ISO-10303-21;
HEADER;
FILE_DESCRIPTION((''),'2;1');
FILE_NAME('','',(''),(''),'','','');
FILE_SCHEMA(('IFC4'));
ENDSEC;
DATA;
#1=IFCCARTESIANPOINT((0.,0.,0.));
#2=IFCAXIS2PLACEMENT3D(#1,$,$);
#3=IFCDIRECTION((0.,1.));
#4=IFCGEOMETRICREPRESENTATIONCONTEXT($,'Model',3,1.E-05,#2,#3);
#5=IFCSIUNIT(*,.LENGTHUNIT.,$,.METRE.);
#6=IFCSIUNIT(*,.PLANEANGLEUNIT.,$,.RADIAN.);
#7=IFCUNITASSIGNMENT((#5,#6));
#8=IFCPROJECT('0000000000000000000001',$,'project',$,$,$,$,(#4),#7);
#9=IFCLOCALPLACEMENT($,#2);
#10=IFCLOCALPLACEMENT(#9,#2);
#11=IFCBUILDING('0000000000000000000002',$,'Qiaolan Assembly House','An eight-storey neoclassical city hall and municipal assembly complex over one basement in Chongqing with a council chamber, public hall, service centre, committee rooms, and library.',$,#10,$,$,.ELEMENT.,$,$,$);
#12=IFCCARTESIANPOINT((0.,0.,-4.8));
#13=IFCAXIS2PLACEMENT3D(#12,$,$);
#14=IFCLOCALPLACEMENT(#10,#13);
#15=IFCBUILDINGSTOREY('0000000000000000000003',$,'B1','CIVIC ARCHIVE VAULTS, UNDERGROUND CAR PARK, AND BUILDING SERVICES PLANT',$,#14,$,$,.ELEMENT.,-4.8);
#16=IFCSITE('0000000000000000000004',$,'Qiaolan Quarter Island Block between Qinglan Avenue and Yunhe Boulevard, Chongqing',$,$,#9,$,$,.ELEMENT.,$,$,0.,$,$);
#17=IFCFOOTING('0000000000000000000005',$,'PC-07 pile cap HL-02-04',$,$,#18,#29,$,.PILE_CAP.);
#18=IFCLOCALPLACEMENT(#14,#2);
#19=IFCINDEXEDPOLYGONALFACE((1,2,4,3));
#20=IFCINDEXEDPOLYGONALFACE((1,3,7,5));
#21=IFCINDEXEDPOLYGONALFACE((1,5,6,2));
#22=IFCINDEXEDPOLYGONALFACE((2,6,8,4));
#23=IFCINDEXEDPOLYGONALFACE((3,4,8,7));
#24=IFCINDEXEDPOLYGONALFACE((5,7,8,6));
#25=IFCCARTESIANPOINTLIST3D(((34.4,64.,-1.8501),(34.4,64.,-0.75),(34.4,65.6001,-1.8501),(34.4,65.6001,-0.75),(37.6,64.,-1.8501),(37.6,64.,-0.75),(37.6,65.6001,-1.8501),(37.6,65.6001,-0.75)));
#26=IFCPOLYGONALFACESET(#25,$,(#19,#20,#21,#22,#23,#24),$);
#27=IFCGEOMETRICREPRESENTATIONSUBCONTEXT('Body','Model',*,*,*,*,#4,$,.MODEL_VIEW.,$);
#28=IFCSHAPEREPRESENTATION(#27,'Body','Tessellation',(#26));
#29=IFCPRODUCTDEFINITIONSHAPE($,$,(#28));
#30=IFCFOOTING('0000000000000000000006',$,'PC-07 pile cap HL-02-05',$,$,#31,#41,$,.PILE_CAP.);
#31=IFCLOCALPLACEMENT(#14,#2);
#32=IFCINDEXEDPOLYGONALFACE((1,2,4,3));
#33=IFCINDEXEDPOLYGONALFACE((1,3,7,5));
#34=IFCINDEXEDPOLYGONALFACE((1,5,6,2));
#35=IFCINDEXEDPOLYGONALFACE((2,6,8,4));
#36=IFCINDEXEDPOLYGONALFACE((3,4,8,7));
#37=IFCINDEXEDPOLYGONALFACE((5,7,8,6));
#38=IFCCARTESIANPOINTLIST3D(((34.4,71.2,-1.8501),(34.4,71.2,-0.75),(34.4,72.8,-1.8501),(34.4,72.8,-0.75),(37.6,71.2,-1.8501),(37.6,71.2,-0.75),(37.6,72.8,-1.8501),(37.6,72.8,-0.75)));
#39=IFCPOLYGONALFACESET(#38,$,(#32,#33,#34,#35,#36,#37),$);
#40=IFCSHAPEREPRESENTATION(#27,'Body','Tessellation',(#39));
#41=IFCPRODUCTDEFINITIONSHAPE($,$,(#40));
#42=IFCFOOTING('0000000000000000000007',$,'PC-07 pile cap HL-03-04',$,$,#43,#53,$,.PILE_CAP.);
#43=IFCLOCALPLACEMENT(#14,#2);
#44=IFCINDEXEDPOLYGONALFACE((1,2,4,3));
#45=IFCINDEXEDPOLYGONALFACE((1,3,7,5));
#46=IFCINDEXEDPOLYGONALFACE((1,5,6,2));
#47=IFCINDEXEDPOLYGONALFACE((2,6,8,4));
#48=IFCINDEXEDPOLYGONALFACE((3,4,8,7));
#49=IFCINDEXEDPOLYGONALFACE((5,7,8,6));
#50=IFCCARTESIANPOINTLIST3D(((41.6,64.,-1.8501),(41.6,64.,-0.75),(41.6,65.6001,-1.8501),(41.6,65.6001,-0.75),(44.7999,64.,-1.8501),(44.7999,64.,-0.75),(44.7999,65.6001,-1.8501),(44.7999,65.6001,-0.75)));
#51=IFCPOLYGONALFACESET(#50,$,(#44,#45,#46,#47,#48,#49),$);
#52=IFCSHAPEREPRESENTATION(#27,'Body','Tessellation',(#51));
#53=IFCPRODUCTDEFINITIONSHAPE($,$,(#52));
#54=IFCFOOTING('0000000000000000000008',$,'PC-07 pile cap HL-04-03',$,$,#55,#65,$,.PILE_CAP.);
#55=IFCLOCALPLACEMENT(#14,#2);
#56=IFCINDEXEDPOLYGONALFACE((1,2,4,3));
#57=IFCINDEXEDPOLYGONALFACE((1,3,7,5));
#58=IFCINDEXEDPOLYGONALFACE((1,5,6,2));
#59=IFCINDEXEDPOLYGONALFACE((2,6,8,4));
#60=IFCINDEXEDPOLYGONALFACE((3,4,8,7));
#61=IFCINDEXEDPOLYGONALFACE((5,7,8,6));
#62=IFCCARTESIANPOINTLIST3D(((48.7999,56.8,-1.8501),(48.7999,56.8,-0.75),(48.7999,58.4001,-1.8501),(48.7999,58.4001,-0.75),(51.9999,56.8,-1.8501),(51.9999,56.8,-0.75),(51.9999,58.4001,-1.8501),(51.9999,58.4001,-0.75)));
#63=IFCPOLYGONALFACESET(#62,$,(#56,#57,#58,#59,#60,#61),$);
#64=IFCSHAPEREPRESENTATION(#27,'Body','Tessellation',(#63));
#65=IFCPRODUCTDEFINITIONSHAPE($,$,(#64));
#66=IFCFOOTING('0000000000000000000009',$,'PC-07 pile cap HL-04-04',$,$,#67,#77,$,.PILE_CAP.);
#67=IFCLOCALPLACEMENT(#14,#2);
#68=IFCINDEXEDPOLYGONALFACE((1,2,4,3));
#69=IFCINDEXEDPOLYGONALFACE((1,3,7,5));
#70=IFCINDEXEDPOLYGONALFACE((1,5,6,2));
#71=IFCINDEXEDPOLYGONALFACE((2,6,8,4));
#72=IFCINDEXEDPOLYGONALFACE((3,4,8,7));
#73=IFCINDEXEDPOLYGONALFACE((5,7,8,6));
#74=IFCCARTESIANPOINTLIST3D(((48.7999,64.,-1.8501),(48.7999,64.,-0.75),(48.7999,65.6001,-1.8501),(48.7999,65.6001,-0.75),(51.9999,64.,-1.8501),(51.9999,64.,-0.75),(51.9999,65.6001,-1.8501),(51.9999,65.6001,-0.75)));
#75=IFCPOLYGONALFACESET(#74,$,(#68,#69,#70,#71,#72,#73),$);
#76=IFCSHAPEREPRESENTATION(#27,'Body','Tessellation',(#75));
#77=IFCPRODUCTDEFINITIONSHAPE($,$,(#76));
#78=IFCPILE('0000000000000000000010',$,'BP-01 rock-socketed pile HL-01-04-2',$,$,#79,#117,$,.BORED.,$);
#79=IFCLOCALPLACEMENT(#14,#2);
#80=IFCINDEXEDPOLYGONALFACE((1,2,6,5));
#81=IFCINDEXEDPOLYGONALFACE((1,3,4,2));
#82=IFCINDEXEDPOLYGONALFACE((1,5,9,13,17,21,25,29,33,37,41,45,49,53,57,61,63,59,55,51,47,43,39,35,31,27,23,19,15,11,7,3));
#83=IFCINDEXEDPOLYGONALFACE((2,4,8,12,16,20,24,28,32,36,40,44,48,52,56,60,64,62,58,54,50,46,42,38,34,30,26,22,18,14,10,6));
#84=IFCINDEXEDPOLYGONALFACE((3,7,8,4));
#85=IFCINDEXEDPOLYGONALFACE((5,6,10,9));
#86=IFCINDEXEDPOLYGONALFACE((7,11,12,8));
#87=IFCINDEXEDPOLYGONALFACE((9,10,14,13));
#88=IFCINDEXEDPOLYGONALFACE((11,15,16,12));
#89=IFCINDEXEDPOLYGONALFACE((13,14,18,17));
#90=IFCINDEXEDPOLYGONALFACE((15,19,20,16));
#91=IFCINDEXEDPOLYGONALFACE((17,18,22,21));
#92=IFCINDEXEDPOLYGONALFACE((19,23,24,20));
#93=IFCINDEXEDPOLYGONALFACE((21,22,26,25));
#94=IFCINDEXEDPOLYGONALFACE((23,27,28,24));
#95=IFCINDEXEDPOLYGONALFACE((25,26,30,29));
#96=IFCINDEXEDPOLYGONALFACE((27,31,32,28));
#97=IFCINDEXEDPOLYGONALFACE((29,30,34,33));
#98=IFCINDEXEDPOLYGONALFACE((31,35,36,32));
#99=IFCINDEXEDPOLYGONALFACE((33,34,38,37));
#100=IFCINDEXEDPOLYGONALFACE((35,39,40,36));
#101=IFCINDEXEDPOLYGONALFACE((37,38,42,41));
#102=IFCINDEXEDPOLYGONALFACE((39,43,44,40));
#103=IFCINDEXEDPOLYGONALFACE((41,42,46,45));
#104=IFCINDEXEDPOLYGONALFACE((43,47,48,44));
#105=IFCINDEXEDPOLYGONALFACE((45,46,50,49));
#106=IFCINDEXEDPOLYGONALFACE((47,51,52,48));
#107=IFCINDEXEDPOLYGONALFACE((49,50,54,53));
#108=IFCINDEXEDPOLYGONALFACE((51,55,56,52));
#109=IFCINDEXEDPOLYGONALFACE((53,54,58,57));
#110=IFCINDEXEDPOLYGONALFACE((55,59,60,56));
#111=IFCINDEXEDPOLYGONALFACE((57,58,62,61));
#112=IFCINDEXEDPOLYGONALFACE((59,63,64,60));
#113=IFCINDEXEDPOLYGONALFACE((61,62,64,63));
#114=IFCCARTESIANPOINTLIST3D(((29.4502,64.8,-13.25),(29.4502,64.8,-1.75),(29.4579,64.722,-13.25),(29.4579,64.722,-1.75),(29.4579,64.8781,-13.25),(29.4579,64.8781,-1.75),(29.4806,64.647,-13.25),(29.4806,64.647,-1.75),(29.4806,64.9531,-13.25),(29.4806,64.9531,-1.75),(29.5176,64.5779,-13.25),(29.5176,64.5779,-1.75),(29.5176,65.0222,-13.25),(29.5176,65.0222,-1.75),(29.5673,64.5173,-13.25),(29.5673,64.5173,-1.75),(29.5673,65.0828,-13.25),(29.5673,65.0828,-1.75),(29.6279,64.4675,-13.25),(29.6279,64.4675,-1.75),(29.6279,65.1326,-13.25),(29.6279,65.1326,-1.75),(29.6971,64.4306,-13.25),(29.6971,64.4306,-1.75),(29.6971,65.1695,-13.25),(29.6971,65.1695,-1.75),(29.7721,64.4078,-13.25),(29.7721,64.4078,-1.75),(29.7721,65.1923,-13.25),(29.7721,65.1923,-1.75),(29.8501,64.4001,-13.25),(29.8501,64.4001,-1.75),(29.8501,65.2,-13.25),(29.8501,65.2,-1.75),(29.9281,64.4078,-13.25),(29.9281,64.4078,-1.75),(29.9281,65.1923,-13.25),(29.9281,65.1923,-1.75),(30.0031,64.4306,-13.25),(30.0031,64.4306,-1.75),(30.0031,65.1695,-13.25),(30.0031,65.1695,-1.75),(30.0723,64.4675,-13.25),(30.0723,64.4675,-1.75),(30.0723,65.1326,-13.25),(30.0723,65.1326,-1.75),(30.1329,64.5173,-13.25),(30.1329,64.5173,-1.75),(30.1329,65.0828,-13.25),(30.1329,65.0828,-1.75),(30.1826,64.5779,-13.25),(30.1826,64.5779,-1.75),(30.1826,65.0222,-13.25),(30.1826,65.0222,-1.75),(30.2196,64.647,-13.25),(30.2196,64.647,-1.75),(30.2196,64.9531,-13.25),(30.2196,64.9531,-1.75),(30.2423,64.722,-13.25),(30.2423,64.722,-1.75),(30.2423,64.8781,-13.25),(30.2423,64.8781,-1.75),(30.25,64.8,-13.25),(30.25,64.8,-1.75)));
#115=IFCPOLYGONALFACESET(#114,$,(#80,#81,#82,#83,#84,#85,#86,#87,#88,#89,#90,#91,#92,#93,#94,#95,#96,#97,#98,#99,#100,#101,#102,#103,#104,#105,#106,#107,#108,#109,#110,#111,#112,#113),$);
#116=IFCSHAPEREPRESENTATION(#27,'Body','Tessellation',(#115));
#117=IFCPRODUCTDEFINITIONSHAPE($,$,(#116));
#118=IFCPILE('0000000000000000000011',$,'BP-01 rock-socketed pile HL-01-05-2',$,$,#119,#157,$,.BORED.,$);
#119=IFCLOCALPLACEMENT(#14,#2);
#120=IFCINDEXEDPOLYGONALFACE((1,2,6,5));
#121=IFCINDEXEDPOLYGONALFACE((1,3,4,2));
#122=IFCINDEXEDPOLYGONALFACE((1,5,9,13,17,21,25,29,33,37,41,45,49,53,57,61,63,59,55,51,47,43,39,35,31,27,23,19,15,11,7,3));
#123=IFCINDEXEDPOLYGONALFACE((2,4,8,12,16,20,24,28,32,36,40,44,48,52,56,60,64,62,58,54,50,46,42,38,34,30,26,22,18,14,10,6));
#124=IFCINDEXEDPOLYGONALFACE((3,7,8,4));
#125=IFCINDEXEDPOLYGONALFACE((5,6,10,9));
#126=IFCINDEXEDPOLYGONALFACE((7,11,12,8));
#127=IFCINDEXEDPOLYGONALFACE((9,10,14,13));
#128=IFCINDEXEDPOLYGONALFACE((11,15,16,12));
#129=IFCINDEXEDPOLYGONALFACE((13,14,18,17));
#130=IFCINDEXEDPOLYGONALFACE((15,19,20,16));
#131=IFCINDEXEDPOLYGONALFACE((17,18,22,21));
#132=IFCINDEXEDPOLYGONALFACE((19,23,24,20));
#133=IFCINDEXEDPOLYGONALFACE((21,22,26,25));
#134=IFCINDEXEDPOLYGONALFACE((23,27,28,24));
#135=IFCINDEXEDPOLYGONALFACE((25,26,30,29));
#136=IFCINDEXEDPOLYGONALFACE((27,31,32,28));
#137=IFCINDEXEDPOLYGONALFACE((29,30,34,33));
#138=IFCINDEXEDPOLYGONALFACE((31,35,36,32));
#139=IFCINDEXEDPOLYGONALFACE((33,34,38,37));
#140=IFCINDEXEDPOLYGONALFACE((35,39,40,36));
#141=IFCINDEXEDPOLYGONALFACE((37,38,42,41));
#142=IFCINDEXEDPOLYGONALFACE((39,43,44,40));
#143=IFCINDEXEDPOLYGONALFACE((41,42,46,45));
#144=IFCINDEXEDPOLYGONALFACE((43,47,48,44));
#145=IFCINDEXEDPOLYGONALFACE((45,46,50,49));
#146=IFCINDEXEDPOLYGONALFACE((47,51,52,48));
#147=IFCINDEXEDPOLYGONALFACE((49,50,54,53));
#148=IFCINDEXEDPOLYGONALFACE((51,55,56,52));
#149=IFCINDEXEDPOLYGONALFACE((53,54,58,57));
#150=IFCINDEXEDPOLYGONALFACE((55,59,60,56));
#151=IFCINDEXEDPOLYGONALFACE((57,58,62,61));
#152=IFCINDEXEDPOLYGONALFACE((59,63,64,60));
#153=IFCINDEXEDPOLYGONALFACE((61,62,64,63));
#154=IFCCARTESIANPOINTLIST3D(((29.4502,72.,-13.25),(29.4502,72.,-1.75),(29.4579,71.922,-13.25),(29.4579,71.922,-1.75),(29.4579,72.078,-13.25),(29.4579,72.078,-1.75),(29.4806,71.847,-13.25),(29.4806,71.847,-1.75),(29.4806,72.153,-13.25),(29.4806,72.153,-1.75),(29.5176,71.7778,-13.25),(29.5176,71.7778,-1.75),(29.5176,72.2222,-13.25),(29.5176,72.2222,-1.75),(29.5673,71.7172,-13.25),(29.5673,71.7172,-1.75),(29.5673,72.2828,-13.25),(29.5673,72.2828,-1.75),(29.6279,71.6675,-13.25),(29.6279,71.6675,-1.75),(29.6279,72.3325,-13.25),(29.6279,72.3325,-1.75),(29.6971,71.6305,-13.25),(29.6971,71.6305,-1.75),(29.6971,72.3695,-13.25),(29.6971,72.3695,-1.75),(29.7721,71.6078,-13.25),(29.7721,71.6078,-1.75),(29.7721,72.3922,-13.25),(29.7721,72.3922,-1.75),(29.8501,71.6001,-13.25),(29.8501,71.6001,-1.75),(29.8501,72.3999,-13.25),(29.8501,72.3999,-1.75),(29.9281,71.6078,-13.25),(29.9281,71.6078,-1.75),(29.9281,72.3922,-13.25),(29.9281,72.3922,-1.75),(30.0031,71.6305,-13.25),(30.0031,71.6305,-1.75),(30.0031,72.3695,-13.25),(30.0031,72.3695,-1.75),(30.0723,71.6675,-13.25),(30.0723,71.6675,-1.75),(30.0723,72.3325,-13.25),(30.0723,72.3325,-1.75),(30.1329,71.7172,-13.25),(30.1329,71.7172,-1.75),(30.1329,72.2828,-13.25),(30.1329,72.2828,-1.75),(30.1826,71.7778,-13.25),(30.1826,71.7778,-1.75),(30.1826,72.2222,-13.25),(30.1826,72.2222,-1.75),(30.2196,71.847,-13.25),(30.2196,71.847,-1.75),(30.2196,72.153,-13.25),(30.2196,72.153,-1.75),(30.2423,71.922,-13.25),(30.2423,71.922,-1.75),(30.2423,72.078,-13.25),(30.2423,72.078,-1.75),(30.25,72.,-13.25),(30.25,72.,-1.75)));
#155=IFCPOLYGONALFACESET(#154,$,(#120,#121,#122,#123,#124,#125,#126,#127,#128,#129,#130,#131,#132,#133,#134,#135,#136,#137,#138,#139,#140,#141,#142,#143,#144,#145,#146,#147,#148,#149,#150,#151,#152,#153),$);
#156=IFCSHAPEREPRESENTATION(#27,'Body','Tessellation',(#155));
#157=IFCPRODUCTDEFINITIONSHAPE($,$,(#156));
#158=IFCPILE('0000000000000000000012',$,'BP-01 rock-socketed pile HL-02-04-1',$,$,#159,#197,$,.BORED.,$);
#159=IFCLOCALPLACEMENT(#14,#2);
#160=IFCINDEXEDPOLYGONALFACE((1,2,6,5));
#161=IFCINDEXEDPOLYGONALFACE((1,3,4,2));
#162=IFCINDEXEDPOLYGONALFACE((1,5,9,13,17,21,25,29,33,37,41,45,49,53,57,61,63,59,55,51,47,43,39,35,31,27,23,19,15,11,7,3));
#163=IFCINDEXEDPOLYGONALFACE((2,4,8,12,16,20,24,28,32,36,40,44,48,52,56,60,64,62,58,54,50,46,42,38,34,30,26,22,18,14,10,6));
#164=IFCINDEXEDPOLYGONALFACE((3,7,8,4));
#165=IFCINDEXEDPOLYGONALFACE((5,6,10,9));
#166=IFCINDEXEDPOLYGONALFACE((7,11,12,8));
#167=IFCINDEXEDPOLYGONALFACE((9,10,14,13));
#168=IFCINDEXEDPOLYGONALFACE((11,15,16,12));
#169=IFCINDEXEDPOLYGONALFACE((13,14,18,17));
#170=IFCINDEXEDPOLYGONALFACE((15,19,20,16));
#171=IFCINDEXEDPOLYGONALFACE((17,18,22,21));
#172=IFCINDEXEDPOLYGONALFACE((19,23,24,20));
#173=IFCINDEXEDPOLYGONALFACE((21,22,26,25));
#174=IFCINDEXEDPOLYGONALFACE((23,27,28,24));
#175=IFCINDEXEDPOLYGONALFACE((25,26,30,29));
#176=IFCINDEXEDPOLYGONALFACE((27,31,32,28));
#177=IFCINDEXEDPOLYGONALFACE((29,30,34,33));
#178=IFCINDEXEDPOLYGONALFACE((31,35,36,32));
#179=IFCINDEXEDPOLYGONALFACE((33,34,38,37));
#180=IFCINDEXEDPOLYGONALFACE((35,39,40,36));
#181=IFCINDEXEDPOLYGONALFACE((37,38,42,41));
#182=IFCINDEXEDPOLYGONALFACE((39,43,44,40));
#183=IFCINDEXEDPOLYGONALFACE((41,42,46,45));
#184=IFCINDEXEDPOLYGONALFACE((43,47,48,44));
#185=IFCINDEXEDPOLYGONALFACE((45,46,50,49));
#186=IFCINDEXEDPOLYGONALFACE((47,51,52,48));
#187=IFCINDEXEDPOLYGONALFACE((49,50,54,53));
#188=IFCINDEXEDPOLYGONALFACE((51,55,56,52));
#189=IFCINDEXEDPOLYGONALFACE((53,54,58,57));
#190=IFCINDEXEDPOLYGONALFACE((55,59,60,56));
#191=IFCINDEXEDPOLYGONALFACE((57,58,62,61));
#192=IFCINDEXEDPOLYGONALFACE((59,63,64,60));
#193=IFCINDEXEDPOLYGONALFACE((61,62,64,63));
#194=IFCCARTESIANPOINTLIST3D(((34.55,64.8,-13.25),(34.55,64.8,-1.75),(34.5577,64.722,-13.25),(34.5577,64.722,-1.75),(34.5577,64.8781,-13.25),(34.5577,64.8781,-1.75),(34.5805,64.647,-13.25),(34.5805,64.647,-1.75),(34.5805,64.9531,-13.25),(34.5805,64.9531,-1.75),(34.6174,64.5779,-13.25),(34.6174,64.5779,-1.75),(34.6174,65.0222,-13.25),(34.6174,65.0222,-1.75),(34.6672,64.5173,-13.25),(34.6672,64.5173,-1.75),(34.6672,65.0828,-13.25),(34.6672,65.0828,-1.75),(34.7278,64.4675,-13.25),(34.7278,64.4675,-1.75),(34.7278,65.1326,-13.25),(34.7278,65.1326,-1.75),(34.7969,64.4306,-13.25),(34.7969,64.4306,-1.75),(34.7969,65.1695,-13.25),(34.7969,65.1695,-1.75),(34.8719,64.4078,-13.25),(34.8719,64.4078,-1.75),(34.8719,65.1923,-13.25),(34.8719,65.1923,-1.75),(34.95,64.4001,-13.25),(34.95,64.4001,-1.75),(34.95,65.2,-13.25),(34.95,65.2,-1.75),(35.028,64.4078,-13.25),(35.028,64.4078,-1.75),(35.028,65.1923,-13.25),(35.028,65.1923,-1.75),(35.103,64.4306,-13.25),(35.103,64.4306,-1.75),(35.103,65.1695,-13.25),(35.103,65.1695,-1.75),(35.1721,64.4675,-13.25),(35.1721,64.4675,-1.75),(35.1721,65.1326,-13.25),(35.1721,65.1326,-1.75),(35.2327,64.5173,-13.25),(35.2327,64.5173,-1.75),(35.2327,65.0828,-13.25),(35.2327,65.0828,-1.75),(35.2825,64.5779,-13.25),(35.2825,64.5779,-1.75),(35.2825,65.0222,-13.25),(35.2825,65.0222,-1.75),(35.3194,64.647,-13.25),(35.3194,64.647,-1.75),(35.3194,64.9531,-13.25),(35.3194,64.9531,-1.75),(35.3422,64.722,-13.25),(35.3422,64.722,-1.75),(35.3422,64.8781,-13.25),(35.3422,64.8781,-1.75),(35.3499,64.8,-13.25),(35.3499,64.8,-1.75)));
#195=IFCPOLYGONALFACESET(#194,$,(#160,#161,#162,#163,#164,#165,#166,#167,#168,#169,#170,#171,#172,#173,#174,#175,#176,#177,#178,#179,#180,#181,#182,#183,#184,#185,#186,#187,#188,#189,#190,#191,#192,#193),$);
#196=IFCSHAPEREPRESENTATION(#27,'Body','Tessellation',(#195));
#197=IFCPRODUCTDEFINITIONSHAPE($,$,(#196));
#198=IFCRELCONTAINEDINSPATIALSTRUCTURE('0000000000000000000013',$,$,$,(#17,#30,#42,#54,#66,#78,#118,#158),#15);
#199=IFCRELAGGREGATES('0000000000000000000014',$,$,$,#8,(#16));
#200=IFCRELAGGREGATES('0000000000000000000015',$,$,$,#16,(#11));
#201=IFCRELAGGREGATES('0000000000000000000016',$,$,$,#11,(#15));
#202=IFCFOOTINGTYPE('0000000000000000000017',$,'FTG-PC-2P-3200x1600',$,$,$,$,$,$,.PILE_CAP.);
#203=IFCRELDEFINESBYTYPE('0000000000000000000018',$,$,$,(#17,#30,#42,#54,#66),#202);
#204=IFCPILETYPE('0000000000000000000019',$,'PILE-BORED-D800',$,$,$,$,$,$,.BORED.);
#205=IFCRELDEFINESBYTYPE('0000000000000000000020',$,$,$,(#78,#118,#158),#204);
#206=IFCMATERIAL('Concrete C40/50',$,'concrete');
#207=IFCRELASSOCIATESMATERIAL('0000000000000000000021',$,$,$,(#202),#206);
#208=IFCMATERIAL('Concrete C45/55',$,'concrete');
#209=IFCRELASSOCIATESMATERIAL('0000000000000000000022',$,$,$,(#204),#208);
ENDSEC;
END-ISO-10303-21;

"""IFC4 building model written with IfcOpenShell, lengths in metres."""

from ifc_helpers import new_model, si_unit, direction, frame, origin, origin_2d, place, context, subcontext, project, spatial, rectangle, circle, extrude, material, material_profile, profile_set, type_object, element, save


model = new_model("IFC4")

# Units and contexts
model_context = context("Model", 3, precision=1e-05, world=origin(), true_north=direction((0.0, 1.0)))
body_context = subcontext(model_context, "Body", "Model", "MODEL_VIEW")
ifc_project = project(units=[si_unit("LENGTHUNIT", "METRE"), si_unit("PLANEANGLEUNIT", "RADIAN")], contexts=[model_context])

# Site, building, storey
site_placement = place(None, origin())
site = spatial("IfcSite", under=ifc_project, at=site_placement, Name="Qiaolan Quarter Island Block between Qinglan Avenue and Yunhe Boulevard, Chongqing", CompositionType="ELEMENT", RefElevation=0.0)
building_placement = place(site_placement, origin())
building = spatial("IfcBuilding", under=site, at=building_placement, Name="Qiaolan Assembly House", Description="An eight-storey neoclassical city hall and municipal assembly complex over one basement in Chongqing with a council chamber, public hall, service centre, committee rooms, and library.", CompositionType="ELEMENT")
storey_placement = place(building_placement, frame((0.0, 0.0, -4.8)))
storey = spatial("IfcBuildingStorey", under=building, at=storey_placement, Name="B1", Description="CIVIC ARCHIVE VAULTS, UNDERGROUND CAR PARK, AND BUILDING SERVICES PLANT", CompositionType="ELEMENT", Elevation=-4.8)

# Footings
ifc_material_1 = material(Name="Concrete C40/50", Category="concrete")
footing_type = type_object("IfcFootingType", Name="FTG-PC-2P-3200x1600", PredefinedType="PILE_CAP", material=ifc_material_1)
for number, where, z_axis, x_axis, name in (
    (1, (36.0, 64.8, -1.8501), (0.0, 0.0, 1.0), (1.0, 0.0, 0.0), "PC-07 pile cap HL-02-04"),
    (2, (36.0, 72.0, -1.8501), (0.0, 0.0, 1.0), (1.0, 0.0, 0.0), "PC-07 pile cap HL-02-05"),
    (3, (43.2, 64.8, -1.8501), (0.0, 0.0, 1.0), (1.0, 0.0, 0.0), "PC-07 pile cap HL-03-04"),
    (4, (50.3999, 57.6001, -1.8501), (0.0, 0.0, 1.0), (1.0, 0.0, 0.0), "PC-07 pile cap HL-04-03"),
    (5, (50.3999, 64.8, -1.8501), (0.0, 0.0, 1.0), (1.0, 0.0, 0.0), "PC-07 pile cap HL-04-04"),
):
    element("IfcFooting", number, at=place(storey_placement, frame(where, z_axis=z_axis, x_axis=x_axis)), inside=storey, type_object=footing_type, Name=name, PredefinedType="PILE_CAP", context=body_context, shape_type="SweptSolid", body=[
        extrude(rectangle(XDim=3.2, YDim=1.6001, at=origin_2d()), origin(), (0.0, 0.0, 1.0), 1.1001),
    ])

# Piles
ifc_material_2 = material(Name="Concrete C45/55", Category="concrete")
ifc_material_profile_1 = material_profile(ifc_material_2, circle(Radius=0.3999, at=origin_2d()), Name="PILE D800")
ifc_profile_set_1 = profile_set([ifc_material_profile_1], Name="Concrete C45/55")
pile_type = type_object("IfcPileType", Name="PILE-BORED-D800", PredefinedType="BORED", material=ifc_profile_set_1)
for number, where, z_axis, x_axis, name in (
    (6, (29.8501, 64.8, -1.75), (0.0, 0.0, -1.0), (1.0, 0.0, 0.0), "BP-01 rock-socketed pile HL-01-04-2"),
    (7, (29.8501, 72.0, -1.75), (0.0, 0.0, -1.0), (1.0, 0.0, 0.0), "BP-01 rock-socketed pile HL-01-05-2"),
    (8, (34.95, 64.8, -1.75), (0.0, 0.0, -1.0), (1.0, 0.0, 0.0), "BP-01 rock-socketed pile HL-02-04-1"),
):
    element("IfcPile", number, at=place(storey_placement, frame(where, z_axis=z_axis, x_axis=x_axis)), inside=storey, type_object=pile_type, Name=name, PredefinedType="BORED", context=body_context, shape_type="SweptSolid", body=[
        extrude(circle(Radius=0.3999, at=origin_2d()), origin(), (0.0, 0.0, 1.0), 11.5),
    ])

save(model, "model.ifc")
